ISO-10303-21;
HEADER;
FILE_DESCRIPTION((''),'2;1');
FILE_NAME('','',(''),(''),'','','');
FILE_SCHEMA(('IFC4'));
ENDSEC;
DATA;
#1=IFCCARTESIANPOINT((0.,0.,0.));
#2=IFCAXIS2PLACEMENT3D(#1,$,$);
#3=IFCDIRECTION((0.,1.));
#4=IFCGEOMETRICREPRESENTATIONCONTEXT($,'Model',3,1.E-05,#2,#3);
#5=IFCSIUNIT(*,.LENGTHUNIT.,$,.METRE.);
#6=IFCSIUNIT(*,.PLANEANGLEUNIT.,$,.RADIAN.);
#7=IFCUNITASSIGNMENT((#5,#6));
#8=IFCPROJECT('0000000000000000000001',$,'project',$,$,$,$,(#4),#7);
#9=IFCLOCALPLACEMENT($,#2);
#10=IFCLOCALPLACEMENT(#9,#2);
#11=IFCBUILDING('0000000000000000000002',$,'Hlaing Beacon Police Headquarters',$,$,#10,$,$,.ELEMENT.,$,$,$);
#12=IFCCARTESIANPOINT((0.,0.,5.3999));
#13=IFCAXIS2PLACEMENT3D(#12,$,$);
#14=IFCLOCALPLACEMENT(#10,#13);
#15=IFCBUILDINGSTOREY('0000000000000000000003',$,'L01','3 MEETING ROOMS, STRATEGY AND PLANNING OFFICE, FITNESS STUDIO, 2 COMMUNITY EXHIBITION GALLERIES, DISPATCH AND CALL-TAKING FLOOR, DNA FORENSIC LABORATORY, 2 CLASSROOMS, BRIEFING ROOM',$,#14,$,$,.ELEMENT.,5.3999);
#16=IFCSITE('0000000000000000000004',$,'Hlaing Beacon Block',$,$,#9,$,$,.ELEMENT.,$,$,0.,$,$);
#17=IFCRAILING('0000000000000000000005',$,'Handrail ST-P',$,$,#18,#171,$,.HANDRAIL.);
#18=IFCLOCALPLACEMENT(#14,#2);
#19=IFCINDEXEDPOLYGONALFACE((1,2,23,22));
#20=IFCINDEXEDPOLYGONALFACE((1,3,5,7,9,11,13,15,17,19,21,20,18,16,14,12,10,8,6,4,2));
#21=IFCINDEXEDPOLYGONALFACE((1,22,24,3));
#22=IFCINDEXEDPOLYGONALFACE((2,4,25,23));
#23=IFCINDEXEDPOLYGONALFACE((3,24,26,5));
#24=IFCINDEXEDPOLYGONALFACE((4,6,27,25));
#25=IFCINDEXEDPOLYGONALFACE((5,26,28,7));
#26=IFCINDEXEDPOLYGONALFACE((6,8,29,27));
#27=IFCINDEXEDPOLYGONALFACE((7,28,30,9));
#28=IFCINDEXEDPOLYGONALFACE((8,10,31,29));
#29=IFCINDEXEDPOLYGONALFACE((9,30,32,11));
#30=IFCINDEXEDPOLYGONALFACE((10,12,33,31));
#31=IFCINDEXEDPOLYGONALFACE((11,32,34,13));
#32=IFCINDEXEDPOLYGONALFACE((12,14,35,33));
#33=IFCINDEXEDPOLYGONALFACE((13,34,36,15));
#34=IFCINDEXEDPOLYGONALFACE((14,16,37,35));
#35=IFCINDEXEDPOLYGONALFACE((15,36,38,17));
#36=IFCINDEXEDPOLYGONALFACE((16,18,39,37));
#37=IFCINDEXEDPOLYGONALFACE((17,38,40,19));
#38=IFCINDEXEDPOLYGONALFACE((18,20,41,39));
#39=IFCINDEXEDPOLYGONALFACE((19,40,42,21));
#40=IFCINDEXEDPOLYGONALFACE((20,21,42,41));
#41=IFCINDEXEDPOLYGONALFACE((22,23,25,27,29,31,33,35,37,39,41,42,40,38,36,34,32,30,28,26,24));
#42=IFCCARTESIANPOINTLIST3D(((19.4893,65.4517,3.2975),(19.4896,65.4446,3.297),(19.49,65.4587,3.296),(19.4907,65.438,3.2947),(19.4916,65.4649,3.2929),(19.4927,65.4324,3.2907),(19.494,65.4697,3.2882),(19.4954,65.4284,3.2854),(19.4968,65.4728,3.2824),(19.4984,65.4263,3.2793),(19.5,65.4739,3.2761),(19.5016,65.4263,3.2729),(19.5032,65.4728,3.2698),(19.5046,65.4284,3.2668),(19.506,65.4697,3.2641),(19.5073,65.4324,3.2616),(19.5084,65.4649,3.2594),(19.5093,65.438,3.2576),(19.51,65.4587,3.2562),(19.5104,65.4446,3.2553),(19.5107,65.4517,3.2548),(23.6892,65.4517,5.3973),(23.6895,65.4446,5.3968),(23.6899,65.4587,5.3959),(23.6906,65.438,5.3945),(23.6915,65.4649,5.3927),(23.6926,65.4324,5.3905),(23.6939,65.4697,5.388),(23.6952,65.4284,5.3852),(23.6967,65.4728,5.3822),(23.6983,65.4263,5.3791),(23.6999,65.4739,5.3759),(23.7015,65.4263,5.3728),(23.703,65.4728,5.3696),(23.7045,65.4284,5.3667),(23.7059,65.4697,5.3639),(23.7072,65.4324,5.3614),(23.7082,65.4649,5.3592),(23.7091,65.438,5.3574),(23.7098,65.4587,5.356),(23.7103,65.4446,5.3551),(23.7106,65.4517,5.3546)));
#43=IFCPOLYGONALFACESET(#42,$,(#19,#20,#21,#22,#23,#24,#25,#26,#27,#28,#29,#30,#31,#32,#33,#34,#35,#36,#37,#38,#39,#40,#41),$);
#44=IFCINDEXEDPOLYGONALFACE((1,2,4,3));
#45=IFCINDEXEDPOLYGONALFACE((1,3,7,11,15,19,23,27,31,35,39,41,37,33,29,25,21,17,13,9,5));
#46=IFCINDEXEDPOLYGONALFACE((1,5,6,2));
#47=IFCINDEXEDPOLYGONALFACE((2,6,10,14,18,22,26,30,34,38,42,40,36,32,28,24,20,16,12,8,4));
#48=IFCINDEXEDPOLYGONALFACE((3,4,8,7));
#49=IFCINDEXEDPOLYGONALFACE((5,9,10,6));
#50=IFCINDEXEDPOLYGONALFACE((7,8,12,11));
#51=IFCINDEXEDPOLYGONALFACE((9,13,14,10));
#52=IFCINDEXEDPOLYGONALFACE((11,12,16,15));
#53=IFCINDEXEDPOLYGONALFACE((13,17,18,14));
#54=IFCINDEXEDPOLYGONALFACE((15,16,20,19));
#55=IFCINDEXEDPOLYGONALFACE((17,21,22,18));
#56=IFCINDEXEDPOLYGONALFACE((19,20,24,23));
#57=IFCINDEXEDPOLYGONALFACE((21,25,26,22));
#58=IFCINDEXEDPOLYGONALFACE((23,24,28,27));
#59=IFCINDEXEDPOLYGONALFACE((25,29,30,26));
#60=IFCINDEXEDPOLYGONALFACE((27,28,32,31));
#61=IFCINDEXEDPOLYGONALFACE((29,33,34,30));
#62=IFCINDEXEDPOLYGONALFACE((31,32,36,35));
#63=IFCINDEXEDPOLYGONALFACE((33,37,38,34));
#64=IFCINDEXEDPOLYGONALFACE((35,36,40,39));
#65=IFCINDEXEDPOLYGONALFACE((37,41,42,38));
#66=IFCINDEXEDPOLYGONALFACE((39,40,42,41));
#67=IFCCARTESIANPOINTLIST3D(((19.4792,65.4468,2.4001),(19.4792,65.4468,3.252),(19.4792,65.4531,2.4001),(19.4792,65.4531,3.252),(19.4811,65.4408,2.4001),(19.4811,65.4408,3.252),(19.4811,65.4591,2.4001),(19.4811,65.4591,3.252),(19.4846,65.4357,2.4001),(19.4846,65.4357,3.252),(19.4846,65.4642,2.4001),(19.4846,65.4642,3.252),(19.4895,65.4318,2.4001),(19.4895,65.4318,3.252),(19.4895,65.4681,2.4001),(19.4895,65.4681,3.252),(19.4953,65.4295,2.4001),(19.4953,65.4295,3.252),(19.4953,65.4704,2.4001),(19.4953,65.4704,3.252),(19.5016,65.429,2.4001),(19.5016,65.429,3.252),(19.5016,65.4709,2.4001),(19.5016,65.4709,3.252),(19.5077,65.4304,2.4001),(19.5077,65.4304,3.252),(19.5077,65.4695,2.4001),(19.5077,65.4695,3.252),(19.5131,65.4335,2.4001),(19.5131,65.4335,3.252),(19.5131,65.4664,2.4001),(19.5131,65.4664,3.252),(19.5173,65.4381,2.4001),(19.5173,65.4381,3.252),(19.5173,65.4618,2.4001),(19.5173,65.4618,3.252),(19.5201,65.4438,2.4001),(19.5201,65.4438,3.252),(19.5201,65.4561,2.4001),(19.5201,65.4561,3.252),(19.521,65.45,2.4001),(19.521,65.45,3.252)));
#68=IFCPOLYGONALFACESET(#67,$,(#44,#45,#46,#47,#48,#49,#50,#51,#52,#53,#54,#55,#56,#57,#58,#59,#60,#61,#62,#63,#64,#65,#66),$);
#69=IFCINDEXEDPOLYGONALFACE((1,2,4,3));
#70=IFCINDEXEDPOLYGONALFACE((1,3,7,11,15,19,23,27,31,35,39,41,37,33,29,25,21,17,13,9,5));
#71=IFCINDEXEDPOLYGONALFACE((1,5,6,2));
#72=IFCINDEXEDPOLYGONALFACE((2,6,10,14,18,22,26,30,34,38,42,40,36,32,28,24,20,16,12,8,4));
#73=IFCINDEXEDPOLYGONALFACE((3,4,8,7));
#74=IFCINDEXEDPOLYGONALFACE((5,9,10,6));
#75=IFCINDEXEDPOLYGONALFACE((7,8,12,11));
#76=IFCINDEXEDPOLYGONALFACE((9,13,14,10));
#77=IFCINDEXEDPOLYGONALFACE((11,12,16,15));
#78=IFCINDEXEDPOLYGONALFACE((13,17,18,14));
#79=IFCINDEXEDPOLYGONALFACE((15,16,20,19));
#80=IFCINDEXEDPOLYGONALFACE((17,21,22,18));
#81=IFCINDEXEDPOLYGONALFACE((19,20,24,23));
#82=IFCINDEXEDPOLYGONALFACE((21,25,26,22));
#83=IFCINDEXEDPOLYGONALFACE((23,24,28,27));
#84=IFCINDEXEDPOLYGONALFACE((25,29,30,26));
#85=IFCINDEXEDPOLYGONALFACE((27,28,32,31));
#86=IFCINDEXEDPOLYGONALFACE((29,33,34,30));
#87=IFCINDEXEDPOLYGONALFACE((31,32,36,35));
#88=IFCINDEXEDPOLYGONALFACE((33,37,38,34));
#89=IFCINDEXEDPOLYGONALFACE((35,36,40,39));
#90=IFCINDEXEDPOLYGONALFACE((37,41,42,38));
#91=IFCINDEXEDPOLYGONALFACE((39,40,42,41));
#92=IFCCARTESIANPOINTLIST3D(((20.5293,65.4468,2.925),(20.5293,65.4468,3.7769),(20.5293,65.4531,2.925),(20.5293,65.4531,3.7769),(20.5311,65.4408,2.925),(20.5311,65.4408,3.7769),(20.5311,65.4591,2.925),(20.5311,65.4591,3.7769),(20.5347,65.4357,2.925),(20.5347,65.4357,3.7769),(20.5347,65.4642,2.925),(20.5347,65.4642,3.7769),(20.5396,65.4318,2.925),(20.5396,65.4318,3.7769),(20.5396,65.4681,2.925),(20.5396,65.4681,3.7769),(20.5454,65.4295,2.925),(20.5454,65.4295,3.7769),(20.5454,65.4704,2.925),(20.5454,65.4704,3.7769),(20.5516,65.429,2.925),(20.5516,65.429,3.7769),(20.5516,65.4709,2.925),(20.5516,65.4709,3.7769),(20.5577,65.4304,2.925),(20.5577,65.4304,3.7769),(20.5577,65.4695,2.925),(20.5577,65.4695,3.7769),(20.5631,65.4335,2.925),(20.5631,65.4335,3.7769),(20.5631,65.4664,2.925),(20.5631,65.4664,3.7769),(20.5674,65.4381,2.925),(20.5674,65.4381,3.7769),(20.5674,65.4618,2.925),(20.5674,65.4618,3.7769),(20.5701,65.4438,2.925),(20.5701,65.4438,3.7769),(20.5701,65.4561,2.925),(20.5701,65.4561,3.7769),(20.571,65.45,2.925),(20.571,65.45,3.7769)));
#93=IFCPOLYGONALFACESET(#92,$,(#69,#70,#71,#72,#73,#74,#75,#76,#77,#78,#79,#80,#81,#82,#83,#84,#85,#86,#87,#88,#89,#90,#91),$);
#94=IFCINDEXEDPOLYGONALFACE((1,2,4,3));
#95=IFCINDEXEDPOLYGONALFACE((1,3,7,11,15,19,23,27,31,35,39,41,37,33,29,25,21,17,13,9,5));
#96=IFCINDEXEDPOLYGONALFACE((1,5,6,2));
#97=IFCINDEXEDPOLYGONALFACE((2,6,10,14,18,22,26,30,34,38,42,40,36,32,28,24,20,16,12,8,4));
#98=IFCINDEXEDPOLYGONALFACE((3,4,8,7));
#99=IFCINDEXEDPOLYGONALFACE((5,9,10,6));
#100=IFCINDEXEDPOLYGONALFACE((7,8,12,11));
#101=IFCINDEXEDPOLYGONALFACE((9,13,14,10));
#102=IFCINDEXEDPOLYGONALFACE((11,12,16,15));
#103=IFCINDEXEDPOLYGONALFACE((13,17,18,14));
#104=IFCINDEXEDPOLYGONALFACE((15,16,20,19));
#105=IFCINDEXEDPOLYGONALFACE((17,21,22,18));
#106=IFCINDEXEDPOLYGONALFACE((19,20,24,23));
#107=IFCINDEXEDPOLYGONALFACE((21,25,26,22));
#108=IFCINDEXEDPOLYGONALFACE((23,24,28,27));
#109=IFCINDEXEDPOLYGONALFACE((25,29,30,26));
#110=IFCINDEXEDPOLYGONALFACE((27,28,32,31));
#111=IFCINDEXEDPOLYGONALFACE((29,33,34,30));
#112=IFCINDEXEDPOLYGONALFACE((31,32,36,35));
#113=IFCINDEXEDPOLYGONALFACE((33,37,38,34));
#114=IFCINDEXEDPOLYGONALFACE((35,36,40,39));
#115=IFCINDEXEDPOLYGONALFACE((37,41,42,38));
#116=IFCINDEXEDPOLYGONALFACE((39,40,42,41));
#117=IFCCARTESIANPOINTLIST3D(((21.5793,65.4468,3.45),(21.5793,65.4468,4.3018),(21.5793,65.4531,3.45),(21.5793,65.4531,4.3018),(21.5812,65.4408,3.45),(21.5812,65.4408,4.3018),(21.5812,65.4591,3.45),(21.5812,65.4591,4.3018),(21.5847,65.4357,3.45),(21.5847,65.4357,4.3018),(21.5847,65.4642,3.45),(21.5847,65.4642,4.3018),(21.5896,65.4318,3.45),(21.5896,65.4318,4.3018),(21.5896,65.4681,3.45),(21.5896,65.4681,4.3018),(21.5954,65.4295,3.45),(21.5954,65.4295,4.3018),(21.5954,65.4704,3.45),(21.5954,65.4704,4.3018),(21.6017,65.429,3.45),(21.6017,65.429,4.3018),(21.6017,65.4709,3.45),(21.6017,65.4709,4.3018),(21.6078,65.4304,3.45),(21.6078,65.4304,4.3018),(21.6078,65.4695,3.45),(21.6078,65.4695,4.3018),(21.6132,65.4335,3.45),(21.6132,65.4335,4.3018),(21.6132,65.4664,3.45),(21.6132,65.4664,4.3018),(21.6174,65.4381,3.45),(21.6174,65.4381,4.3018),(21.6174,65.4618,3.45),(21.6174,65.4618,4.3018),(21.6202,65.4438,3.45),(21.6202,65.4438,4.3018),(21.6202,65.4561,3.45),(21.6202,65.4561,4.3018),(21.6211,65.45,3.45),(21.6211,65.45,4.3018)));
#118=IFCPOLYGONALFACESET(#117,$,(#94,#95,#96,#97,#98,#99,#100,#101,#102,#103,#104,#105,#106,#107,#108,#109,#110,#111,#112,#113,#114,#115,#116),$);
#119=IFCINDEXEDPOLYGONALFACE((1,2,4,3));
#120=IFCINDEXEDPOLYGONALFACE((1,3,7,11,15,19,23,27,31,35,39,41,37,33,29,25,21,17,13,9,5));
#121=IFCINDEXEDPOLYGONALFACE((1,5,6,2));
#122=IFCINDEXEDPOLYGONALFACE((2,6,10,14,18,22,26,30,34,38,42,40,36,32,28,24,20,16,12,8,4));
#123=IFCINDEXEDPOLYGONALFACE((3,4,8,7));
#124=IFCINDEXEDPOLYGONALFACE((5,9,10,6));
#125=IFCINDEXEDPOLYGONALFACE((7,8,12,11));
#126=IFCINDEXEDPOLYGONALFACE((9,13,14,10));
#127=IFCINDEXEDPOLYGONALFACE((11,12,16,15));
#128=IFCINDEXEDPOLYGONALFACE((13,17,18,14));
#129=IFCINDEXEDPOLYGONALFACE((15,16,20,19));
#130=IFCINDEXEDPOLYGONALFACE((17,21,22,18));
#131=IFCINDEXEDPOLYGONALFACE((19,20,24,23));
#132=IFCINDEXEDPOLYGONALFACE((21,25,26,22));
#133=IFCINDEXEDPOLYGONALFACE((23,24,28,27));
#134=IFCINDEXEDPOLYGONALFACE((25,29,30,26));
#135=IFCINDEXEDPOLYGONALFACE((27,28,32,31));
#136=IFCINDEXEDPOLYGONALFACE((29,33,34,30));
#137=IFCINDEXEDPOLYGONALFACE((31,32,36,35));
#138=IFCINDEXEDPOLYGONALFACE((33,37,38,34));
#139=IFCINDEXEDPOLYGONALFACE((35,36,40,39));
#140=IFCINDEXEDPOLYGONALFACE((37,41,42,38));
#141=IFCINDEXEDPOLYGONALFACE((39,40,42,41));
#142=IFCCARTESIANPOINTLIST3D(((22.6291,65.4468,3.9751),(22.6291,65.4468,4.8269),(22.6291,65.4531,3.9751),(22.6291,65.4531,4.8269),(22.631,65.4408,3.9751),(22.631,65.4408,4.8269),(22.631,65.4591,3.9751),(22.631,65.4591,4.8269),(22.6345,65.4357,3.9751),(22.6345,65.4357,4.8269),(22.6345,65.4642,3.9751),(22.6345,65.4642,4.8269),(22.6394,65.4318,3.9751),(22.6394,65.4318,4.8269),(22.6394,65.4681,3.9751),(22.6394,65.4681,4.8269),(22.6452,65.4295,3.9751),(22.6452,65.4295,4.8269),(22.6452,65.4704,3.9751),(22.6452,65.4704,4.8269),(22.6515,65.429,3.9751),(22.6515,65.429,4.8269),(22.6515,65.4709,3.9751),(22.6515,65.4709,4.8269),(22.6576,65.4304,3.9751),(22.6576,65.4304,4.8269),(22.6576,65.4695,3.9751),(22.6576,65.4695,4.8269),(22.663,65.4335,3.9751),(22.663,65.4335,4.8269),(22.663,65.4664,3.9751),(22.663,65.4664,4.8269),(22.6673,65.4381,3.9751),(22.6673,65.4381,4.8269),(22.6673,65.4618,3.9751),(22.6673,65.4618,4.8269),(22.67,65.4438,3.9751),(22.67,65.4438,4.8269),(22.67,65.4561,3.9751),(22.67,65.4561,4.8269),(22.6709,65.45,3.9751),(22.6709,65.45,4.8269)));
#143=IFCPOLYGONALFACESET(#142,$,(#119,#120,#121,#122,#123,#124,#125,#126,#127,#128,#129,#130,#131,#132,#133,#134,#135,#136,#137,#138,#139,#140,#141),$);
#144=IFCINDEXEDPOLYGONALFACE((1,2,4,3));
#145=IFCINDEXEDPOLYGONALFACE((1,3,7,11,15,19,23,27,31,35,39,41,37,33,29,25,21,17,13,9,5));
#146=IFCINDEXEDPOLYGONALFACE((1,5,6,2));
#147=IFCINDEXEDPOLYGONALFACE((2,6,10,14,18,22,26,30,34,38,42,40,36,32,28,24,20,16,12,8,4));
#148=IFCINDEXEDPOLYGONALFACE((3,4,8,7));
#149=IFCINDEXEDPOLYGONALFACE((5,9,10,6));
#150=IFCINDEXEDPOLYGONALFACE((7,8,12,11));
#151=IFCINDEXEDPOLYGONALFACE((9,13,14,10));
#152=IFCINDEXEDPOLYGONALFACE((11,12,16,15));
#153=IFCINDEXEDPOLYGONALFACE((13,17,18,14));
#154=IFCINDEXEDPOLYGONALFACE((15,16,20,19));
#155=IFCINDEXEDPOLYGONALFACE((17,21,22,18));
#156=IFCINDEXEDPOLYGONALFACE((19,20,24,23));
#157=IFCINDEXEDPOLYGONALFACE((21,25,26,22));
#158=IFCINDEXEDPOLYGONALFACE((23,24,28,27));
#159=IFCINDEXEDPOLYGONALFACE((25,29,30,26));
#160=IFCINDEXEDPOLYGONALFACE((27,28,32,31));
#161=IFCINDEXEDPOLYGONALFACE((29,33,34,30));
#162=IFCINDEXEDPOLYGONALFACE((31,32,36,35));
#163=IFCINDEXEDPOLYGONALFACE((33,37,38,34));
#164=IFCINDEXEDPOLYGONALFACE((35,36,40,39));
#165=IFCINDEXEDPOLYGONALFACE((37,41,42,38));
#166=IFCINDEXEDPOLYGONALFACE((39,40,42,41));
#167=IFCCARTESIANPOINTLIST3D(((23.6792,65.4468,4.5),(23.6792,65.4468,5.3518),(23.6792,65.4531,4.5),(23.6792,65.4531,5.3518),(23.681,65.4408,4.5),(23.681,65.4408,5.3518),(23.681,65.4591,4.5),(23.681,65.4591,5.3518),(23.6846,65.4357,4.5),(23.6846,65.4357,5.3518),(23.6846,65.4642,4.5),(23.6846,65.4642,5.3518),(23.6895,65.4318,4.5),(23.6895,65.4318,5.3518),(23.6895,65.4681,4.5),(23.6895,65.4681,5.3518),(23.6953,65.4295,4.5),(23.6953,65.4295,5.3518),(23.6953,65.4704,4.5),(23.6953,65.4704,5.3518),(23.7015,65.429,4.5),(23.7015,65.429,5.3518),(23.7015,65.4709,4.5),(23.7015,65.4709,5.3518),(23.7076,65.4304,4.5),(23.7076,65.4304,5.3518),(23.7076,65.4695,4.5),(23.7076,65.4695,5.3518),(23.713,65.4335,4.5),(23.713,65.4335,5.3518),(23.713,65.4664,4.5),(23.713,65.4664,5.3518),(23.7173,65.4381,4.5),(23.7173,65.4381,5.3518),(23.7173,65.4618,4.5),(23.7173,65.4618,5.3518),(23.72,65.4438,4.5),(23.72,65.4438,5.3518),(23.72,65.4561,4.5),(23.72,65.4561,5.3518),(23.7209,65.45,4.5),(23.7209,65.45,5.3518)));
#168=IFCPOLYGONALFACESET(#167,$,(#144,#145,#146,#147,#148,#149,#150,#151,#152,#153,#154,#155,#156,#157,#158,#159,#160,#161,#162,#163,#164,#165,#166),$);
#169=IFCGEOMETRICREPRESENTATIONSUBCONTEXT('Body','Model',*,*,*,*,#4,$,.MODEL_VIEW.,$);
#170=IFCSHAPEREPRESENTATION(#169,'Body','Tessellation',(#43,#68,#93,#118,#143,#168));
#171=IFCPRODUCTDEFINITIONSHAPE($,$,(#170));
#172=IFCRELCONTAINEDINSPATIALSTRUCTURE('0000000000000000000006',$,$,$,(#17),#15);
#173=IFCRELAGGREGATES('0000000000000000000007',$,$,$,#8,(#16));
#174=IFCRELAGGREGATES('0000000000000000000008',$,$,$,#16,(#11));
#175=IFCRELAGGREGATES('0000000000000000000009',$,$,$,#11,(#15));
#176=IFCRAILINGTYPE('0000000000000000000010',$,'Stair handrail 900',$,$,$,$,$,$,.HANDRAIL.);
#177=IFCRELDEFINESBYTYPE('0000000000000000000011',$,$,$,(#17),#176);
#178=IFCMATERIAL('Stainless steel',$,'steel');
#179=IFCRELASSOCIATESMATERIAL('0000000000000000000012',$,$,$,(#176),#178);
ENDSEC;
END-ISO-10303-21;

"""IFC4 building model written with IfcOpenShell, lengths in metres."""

from ifc_helpers import new_model, si_unit, direction, frame, origin, origin_2d, place, context, subcontext, project, spatial, circle, extrude, material, type_object, element, save


model = new_model("IFC4")

# Units and contexts
model_context = context("Model", 3, precision=1e-05, world=origin(), true_north=direction((0.0, 1.0)))
body_context = subcontext(model_context, "Body", "Model", "MODEL_VIEW")
ifc_project = project(units=[si_unit("LENGTHUNIT", "METRE"), si_unit("PLANEANGLEUNIT", "RADIAN")], contexts=[model_context])

# Site, building, storey
site_placement = place(None, origin())
site = spatial("IfcSite", under=ifc_project, at=site_placement, Name="Hlaing Beacon Block", CompositionType="ELEMENT", RefElevation=0.0)
building_placement = place(site_placement, origin())
building = spatial("IfcBuilding", under=site, at=building_placement, Name="Hlaing Beacon Police Headquarters", CompositionType="ELEMENT")
storey_placement = place(building_placement, frame((0.0, 0.0, 5.3999)))
storey = spatial("IfcBuildingStorey", under=building, at=storey_placement, Name="L01", Description="3 MEETING ROOMS, STRATEGY AND PLANNING OFFICE, FITNESS STUDIO, 2 COMMUNITY EXHIBITION GALLERIES, DISPATCH AND CALL-TAKING FLOOR, DNA FORENSIC LABORATORY, 2 CLASSROOMS, BRIEFING ROOM", CompositionType="ELEMENT", Elevation=5.3999)

# Railing
ifc_material_1 = material(Name="Stainless steel", Category="steel")
railing_type = type_object("IfcRailingType", Name="Stair handrail 900", PredefinedType="HANDRAIL", material=ifc_material_1)
for number, where, name in (
    (1, (19.5, 65.45, 2.4001), "Handrail ST-P"),
):
    element("IfcRailing", number, at=place(storey_placement, frame(where)), inside=storey, type_object=railing_type, Name=name, PredefinedType="HANDRAIL", context=body_context, shape_type="SweptSolid", body=[
        extrude(circle(Radius=0.0239, at=origin_2d()), frame((0.0, 0.0, 0.876), z_axis=(0.894438, 0.0, 0.447193), x_axis=(0.0, 1.0, 0.0)), (0.0, 0.0, 1.0), 4.6956),
        extrude(circle(Radius=0.021, at=origin_2d()), origin(), (0.0, 0.0, 1.0), 0.8518),
        extrude(circle(Radius=0.021, at=origin_2d()), frame((1.05, 0.0, 0.5249)), (0.0, 0.0, 1.0), 0.8518),
        extrude(circle(Radius=0.021, at=origin_2d()), frame((2.1001, 0.0, 1.0498)), (0.0, 0.0, 1.0), 0.8518),
        extrude(circle(Radius=0.021, at=origin_2d()), frame((3.1499, 0.0, 1.575)), (0.0, 0.0, 1.0), 0.8518),
        extrude(circle(Radius=0.021, at=origin_2d()), frame((4.2, 0.0, 2.0999)), (0.0, 0.0, 1.0), 0.8518),
    ])

save(model, "model.ifc")
